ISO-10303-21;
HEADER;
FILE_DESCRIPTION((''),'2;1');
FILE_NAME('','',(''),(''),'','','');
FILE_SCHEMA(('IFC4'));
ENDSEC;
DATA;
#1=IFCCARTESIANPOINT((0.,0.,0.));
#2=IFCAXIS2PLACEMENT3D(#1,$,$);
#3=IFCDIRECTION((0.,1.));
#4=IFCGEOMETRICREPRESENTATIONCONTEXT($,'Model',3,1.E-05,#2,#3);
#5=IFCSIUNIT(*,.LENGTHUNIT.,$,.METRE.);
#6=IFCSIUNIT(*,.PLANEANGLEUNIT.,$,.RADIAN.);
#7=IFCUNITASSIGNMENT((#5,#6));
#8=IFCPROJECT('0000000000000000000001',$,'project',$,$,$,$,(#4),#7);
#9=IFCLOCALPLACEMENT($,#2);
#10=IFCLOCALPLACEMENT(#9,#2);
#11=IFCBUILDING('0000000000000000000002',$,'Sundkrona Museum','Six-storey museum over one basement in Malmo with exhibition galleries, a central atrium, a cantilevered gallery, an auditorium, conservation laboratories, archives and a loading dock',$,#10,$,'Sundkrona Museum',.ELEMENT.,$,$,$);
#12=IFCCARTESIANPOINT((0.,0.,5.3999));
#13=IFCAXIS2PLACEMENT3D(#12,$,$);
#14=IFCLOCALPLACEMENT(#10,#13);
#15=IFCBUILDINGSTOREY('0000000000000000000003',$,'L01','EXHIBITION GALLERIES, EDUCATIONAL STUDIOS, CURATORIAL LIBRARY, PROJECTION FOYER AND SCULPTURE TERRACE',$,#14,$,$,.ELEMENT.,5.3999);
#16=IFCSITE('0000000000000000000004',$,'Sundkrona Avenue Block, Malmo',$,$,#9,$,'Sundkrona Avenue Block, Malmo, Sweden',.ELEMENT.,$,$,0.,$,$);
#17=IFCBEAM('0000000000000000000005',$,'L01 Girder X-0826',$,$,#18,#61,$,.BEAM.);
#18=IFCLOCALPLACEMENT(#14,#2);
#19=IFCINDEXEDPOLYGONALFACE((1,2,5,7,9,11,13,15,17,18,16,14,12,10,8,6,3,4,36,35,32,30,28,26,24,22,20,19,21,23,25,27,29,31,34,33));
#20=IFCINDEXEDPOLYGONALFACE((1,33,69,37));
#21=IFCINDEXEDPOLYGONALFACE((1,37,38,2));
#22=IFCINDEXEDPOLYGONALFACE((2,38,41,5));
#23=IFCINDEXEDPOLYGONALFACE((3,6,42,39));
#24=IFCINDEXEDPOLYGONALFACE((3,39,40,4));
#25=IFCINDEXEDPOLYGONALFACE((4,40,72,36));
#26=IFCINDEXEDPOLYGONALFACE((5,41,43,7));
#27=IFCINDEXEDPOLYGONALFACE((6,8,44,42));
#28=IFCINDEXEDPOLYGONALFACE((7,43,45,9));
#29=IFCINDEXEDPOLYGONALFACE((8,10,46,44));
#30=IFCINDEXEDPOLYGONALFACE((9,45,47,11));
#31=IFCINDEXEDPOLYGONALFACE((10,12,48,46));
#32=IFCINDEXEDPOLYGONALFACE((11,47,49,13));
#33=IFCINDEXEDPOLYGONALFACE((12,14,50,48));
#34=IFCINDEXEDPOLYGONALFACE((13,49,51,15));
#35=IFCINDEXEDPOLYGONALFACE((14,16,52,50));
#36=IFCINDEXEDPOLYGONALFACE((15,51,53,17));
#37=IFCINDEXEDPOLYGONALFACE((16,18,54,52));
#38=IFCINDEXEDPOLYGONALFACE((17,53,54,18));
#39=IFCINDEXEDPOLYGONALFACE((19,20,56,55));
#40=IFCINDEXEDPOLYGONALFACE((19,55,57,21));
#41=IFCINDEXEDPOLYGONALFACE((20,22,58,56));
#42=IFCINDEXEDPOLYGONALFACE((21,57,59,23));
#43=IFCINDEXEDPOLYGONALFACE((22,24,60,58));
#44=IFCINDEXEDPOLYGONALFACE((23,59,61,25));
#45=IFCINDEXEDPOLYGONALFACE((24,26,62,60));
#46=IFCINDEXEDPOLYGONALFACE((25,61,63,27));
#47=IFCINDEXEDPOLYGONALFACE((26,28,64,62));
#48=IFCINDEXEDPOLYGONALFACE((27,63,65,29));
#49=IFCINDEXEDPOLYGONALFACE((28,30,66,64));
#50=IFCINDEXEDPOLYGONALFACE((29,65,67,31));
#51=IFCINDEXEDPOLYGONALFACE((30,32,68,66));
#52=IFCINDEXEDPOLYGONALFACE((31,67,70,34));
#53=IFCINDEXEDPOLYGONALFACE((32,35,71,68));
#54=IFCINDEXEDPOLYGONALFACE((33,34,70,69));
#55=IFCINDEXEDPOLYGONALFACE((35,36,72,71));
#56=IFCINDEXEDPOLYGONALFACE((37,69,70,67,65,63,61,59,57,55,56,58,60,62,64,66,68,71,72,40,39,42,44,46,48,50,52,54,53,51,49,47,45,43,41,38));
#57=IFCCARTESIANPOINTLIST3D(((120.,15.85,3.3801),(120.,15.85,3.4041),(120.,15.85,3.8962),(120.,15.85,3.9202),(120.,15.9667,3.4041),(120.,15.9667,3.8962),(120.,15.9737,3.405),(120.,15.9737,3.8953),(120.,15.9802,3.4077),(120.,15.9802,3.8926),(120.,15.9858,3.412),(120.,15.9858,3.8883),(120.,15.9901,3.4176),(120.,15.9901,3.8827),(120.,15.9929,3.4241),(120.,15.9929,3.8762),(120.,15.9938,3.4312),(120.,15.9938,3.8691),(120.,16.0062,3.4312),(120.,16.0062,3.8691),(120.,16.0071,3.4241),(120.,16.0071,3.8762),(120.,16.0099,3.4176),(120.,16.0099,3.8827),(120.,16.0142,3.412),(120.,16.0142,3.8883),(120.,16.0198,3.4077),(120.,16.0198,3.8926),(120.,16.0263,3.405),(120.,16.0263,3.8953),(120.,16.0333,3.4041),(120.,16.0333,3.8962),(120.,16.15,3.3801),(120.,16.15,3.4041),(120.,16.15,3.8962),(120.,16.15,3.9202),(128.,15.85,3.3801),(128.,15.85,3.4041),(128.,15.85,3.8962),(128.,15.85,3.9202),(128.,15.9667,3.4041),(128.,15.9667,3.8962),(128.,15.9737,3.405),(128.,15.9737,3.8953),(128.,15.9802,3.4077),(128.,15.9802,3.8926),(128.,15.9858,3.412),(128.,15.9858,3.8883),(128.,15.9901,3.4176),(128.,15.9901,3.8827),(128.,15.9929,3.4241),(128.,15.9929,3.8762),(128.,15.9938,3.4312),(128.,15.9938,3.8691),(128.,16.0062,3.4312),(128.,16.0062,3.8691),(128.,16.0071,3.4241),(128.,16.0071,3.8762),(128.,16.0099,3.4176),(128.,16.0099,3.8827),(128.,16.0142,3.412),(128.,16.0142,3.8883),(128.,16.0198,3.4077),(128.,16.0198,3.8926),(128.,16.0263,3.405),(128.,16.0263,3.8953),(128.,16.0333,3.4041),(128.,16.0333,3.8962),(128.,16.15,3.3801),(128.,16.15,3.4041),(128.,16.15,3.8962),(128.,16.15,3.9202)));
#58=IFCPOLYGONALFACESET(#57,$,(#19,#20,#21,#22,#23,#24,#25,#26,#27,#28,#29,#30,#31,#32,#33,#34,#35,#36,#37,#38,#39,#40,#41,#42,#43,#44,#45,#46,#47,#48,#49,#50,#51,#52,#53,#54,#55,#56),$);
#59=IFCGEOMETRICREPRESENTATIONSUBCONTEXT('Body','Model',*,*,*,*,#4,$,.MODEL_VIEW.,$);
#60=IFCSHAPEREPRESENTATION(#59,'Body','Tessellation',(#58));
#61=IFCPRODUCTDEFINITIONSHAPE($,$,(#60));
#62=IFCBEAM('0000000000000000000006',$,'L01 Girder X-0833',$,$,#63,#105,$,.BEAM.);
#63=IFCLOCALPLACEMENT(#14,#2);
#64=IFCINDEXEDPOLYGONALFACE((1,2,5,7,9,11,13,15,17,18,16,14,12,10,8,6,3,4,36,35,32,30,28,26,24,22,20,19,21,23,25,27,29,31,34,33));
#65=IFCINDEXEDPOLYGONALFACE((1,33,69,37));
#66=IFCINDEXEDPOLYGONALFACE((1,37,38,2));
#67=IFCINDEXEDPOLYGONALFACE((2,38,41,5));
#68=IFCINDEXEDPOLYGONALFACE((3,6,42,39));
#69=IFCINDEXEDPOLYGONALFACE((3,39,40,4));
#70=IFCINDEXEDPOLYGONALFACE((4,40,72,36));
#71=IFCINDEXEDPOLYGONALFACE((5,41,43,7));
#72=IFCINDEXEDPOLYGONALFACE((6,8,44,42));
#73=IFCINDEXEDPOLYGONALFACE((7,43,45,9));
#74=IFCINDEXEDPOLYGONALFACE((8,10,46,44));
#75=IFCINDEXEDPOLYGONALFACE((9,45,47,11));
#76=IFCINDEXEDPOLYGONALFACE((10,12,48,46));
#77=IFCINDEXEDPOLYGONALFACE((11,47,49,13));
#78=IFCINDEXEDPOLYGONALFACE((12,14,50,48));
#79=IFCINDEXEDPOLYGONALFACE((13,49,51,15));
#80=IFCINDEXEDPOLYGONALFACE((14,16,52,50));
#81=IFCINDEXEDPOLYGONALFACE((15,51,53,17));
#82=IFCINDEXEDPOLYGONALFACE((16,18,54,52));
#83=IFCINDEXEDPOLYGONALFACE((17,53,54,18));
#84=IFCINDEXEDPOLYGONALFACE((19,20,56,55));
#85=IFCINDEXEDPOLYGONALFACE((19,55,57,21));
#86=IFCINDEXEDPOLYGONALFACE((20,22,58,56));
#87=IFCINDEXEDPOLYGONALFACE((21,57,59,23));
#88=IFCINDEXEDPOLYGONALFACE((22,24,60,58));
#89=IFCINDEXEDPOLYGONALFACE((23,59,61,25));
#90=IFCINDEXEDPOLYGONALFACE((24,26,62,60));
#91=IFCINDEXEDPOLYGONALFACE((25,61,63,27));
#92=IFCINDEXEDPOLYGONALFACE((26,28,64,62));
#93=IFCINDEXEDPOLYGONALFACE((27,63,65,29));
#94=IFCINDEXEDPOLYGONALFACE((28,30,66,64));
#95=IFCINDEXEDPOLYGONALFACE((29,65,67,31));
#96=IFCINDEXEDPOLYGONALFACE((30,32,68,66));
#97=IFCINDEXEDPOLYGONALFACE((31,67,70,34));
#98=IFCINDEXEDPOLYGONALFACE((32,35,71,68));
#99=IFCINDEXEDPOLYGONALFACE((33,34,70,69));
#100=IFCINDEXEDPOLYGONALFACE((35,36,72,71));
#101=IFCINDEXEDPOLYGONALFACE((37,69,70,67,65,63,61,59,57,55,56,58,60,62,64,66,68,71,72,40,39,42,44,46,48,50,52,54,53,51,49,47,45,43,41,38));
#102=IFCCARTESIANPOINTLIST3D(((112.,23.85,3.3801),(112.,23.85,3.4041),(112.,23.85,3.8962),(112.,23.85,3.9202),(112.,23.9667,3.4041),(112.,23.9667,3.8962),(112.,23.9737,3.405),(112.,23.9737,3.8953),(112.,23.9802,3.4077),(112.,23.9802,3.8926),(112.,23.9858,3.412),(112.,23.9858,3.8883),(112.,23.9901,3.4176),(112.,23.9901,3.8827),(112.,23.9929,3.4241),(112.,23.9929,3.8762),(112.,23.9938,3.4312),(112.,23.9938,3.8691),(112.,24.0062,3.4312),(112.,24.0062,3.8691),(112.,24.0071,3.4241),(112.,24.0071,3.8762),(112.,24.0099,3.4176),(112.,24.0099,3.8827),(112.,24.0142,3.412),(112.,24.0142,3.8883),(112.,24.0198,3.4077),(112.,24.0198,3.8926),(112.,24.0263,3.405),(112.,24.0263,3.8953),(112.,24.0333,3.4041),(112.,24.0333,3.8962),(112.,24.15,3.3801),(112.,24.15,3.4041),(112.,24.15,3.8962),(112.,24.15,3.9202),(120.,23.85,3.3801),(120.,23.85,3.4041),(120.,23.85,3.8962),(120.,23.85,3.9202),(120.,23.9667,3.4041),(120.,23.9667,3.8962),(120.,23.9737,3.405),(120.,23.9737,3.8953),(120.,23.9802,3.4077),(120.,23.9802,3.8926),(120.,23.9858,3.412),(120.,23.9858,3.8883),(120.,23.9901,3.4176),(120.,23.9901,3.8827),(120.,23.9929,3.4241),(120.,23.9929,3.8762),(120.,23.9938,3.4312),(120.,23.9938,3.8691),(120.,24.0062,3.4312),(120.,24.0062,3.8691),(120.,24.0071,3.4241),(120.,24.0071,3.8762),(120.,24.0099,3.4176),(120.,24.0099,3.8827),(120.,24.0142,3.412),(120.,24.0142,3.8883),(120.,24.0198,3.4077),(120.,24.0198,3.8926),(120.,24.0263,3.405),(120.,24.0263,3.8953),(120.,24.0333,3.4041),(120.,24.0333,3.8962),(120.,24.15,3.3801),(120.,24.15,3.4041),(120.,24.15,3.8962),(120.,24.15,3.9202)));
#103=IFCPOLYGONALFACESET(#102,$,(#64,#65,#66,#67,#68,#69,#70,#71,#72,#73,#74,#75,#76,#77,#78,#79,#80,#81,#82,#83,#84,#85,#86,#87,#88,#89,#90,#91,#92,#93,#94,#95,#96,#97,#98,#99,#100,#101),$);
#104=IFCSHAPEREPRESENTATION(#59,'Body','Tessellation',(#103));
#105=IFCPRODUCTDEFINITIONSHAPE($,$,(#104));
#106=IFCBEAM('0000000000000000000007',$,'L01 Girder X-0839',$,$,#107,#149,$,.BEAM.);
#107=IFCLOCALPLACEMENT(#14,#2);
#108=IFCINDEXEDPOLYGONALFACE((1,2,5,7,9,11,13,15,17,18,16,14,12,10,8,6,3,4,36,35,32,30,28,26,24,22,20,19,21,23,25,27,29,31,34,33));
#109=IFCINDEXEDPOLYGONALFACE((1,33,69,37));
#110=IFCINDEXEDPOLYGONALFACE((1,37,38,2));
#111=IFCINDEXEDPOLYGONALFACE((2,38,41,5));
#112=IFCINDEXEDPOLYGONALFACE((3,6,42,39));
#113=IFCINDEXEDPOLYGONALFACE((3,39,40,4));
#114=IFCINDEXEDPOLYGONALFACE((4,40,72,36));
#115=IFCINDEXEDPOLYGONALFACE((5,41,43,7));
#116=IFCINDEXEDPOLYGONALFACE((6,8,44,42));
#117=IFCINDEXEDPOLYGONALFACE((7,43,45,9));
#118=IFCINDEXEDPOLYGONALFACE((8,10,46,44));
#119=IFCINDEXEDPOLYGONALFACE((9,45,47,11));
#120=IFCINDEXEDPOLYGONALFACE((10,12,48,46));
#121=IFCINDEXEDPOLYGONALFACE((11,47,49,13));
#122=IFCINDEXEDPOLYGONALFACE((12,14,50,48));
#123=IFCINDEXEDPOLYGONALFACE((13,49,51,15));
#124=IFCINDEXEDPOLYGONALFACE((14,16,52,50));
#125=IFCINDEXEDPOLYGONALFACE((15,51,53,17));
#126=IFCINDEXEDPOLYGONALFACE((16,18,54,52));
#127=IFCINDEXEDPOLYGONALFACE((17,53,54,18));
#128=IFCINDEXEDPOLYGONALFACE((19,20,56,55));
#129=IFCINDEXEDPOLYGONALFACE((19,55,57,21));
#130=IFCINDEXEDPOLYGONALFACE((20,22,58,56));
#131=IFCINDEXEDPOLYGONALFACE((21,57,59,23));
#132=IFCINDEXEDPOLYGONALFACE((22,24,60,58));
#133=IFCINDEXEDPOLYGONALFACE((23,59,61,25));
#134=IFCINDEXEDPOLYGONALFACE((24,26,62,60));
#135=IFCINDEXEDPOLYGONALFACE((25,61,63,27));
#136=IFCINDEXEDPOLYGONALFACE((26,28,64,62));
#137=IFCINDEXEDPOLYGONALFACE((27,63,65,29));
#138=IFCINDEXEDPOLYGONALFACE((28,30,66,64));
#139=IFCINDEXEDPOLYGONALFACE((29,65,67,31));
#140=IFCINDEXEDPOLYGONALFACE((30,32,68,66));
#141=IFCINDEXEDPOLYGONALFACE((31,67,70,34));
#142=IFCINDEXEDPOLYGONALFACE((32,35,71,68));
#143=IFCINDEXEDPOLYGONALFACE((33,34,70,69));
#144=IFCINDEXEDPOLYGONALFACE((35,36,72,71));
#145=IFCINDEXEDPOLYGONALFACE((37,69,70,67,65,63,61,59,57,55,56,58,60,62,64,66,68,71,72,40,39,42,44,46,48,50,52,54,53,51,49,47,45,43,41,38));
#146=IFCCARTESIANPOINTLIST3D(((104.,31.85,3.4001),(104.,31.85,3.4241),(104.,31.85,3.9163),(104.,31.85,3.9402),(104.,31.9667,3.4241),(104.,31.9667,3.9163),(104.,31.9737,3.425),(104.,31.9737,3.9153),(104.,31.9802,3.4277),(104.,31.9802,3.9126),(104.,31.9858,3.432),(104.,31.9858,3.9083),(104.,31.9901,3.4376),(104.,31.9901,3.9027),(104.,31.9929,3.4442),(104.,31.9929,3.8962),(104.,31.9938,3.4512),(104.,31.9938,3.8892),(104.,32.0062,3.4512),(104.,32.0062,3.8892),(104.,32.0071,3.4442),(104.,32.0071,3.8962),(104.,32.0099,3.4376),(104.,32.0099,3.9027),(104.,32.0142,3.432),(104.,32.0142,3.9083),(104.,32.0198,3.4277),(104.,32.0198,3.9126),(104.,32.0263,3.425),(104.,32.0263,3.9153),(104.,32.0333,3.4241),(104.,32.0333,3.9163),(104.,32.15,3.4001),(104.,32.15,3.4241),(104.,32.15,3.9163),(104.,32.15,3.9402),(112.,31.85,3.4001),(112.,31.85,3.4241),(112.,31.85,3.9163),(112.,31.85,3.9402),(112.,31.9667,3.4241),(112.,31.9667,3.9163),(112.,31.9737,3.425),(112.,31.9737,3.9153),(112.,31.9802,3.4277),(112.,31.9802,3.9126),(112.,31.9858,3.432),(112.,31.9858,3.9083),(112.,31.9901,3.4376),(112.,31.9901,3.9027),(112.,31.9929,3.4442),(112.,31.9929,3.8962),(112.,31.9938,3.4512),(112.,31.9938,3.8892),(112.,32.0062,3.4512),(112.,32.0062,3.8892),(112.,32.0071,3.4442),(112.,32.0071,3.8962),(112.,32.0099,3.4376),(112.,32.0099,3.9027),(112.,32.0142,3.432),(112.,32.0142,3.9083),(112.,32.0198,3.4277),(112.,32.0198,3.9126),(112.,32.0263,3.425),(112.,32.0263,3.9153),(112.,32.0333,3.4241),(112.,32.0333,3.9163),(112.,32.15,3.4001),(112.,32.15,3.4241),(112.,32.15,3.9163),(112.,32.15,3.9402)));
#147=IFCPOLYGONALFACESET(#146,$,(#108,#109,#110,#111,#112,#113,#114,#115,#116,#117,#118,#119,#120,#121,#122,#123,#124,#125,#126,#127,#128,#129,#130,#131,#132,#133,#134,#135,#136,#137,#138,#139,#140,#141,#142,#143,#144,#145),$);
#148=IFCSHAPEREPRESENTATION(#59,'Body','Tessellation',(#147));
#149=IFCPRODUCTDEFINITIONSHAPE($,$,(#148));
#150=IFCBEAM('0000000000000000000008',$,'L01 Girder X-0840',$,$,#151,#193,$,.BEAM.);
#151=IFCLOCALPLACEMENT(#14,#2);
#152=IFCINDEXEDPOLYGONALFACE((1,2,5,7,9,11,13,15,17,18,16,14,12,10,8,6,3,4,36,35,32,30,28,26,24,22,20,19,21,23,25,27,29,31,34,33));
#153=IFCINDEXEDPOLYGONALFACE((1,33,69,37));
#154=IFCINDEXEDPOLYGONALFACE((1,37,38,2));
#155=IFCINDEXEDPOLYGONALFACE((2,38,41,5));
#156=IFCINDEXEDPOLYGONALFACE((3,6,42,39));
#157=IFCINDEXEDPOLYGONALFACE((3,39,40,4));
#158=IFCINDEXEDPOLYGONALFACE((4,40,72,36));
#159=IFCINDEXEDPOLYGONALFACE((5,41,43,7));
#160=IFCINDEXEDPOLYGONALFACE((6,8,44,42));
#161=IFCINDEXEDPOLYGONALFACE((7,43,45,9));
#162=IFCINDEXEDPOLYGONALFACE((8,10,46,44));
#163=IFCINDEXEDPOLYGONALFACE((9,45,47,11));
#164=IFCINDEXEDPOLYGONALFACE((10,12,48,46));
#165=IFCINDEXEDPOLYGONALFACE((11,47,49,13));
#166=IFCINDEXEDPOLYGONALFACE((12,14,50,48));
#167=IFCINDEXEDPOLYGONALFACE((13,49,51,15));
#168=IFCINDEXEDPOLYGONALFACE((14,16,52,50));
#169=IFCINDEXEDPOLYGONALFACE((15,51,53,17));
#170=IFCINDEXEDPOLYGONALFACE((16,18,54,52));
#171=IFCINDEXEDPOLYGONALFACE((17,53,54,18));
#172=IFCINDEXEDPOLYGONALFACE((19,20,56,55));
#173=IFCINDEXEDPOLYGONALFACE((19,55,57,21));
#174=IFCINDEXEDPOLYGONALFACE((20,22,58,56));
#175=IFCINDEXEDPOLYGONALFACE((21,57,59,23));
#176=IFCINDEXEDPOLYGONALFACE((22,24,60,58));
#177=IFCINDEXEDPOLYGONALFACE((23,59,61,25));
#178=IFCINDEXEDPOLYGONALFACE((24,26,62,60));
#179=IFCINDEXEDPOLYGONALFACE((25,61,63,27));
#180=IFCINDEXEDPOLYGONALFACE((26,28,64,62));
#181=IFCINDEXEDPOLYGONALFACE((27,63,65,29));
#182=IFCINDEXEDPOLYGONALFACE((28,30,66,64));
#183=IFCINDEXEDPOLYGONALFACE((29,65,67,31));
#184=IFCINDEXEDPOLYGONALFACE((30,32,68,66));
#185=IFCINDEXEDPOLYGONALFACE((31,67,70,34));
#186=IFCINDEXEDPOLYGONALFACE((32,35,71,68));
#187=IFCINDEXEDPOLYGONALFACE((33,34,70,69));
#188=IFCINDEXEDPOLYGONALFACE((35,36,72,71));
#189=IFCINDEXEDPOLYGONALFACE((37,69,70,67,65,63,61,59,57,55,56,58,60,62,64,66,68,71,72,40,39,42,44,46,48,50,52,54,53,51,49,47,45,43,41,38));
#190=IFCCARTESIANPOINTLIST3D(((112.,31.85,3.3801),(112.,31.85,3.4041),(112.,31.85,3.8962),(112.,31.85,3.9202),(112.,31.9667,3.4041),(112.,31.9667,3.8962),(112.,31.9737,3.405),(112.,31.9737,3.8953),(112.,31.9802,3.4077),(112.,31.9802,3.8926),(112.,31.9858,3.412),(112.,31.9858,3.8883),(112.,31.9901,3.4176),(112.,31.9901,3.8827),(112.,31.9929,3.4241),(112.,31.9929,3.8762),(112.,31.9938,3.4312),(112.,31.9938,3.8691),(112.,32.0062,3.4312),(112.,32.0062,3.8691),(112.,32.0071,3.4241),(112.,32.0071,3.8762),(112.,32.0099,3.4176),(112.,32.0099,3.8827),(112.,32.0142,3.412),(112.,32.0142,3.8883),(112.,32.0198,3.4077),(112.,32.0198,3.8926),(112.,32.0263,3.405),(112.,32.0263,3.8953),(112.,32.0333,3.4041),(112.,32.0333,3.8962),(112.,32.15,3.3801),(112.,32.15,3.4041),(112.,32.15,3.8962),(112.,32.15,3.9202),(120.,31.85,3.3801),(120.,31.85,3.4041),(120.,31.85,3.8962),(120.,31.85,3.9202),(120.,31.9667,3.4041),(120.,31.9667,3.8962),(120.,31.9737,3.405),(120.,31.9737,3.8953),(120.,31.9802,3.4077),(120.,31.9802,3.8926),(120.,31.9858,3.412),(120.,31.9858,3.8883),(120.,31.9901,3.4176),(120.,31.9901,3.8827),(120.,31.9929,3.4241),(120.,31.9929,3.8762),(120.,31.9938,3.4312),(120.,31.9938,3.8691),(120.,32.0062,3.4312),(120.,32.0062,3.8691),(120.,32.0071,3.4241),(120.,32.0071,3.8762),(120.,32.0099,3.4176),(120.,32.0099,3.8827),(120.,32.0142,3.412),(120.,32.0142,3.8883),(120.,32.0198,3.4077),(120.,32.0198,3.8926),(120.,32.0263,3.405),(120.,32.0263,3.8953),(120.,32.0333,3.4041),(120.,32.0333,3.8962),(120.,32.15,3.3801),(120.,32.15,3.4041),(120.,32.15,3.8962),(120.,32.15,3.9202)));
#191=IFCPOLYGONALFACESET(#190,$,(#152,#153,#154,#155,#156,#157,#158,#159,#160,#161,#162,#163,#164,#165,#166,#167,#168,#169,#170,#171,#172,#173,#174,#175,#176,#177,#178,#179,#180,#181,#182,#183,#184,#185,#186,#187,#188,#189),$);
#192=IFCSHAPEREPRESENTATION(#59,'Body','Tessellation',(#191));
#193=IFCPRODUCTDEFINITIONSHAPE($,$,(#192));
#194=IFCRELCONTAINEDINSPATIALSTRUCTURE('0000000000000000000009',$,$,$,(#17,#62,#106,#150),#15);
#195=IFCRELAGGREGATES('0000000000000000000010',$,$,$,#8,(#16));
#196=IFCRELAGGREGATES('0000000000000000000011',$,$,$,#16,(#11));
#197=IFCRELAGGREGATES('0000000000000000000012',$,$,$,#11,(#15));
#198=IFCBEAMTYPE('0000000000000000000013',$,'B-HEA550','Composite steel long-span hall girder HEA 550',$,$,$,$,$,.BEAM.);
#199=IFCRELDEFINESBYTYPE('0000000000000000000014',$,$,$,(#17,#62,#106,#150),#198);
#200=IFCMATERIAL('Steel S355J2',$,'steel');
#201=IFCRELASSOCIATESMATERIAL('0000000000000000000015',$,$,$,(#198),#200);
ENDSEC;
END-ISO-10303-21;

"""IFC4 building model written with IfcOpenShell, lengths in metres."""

from ifc_helpers import new_model, si_unit, direction, frame, origin, origin_2d, place, context, subcontext, project, spatial, i_section, extrude, material, material_profile, profile_set, type_object, element, save


model = new_model("IFC4")

# Units and contexts
model_context = context("Model", 3, precision=1e-05, world=origin(), true_north=direction((0.0, 1.0)))
body_context = subcontext(model_context, "Body", "Model", "MODEL_VIEW")
ifc_project = project(units=[si_unit("LENGTHUNIT", "METRE"), si_unit("PLANEANGLEUNIT", "RADIAN")], contexts=[model_context])

# Site, building, storey
site_placement = place(None, origin())
site = spatial("IfcSite", under=ifc_project, at=site_placement, Name="Sundkrona Avenue Block, Malmo", LongName="Sundkrona Avenue Block, Malmo, Sweden", CompositionType="ELEMENT", RefElevation=0.0)
building_placement = place(site_placement, origin())
building = spatial("IfcBuilding", under=site, at=building_placement, Name="Sundkrona Museum", Description="Six-storey museum over one basement in Malmo with exhibition galleries, a central atrium, a cantilevered gallery, an auditorium, conservation laboratories, archives and a loading dock", LongName="Sundkrona Museum", CompositionType="ELEMENT")
storey_placement = place(building_placement, frame((0.0, 0.0, 5.3999)))
storey = spatial("IfcBuildingStorey", under=building, at=storey_placement, Name="L01", Description="EXHIBITION GALLERIES, EDUCATIONAL STUDIOS, CURATORIAL LIBRARY, PROJECTION FOYER AND SCULPTURE TERRACE", CompositionType="ELEMENT", Elevation=5.3999)

# Shared definitions
ifc_material_1 = material(Name="Steel S355J2", Category="steel")

# Beams
ifc_material_profile_1 = material_profile(ifc_material_1, i_section(OverallWidth=0.3, OverallDepth=0.54, WebThickness=0.0125, FlangeThickness=0.0239, FilletRadius=0.0271, at=origin_2d()), Name="HEA 550")
ifc_profile_set_1 = profile_set([ifc_material_profile_1], Name="Steel S355J2")
beam_type_1 = type_object("IfcBeamType", Name="B-HEA550", Description="Composite steel long-span hall girder HEA 550", PredefinedType="BEAM", material=ifc_profile_set_1)
for number, where, z_axis, x_axis, name in (
    (1, (120.0, 16.0, 3.6501), (1.0, 0.0, 0.0), (0.0, 1.0, 0.0), "L01 Girder X-0826"),
    (2, (112.0, 24.0, 3.6501), (1.0, 0.0, 0.0), (0.0, 1.0, 0.0), "L01 Girder X-0833"),
    (3, (104.0, 32.0, 3.6702), (1.0, 0.0, 0.0), (0.0, 1.0, 0.0), "L01 Girder X-0839"),
    (4, (112.0, 32.0, 3.6501), (1.0, 0.0, 0.0), (0.0, 1.0, 0.0), "L01 Girder X-0840"),
):
    element("IfcBeam", number, at=place(storey_placement, frame(where, z_axis=z_axis, x_axis=x_axis)), inside=storey, type_object=beam_type_1, Name=name, PredefinedType="BEAM", context=body_context, shape_type="SweptSolid", body=[
        extrude(i_section(OverallWidth=0.3, OverallDepth=0.54, WebThickness=0.0125, FlangeThickness=0.0239, FilletRadius=0.0271, at=origin_2d()), origin(), (0.0, 0.0, 1.0), 8.0),
    ])

save(model, "model.ifc")
